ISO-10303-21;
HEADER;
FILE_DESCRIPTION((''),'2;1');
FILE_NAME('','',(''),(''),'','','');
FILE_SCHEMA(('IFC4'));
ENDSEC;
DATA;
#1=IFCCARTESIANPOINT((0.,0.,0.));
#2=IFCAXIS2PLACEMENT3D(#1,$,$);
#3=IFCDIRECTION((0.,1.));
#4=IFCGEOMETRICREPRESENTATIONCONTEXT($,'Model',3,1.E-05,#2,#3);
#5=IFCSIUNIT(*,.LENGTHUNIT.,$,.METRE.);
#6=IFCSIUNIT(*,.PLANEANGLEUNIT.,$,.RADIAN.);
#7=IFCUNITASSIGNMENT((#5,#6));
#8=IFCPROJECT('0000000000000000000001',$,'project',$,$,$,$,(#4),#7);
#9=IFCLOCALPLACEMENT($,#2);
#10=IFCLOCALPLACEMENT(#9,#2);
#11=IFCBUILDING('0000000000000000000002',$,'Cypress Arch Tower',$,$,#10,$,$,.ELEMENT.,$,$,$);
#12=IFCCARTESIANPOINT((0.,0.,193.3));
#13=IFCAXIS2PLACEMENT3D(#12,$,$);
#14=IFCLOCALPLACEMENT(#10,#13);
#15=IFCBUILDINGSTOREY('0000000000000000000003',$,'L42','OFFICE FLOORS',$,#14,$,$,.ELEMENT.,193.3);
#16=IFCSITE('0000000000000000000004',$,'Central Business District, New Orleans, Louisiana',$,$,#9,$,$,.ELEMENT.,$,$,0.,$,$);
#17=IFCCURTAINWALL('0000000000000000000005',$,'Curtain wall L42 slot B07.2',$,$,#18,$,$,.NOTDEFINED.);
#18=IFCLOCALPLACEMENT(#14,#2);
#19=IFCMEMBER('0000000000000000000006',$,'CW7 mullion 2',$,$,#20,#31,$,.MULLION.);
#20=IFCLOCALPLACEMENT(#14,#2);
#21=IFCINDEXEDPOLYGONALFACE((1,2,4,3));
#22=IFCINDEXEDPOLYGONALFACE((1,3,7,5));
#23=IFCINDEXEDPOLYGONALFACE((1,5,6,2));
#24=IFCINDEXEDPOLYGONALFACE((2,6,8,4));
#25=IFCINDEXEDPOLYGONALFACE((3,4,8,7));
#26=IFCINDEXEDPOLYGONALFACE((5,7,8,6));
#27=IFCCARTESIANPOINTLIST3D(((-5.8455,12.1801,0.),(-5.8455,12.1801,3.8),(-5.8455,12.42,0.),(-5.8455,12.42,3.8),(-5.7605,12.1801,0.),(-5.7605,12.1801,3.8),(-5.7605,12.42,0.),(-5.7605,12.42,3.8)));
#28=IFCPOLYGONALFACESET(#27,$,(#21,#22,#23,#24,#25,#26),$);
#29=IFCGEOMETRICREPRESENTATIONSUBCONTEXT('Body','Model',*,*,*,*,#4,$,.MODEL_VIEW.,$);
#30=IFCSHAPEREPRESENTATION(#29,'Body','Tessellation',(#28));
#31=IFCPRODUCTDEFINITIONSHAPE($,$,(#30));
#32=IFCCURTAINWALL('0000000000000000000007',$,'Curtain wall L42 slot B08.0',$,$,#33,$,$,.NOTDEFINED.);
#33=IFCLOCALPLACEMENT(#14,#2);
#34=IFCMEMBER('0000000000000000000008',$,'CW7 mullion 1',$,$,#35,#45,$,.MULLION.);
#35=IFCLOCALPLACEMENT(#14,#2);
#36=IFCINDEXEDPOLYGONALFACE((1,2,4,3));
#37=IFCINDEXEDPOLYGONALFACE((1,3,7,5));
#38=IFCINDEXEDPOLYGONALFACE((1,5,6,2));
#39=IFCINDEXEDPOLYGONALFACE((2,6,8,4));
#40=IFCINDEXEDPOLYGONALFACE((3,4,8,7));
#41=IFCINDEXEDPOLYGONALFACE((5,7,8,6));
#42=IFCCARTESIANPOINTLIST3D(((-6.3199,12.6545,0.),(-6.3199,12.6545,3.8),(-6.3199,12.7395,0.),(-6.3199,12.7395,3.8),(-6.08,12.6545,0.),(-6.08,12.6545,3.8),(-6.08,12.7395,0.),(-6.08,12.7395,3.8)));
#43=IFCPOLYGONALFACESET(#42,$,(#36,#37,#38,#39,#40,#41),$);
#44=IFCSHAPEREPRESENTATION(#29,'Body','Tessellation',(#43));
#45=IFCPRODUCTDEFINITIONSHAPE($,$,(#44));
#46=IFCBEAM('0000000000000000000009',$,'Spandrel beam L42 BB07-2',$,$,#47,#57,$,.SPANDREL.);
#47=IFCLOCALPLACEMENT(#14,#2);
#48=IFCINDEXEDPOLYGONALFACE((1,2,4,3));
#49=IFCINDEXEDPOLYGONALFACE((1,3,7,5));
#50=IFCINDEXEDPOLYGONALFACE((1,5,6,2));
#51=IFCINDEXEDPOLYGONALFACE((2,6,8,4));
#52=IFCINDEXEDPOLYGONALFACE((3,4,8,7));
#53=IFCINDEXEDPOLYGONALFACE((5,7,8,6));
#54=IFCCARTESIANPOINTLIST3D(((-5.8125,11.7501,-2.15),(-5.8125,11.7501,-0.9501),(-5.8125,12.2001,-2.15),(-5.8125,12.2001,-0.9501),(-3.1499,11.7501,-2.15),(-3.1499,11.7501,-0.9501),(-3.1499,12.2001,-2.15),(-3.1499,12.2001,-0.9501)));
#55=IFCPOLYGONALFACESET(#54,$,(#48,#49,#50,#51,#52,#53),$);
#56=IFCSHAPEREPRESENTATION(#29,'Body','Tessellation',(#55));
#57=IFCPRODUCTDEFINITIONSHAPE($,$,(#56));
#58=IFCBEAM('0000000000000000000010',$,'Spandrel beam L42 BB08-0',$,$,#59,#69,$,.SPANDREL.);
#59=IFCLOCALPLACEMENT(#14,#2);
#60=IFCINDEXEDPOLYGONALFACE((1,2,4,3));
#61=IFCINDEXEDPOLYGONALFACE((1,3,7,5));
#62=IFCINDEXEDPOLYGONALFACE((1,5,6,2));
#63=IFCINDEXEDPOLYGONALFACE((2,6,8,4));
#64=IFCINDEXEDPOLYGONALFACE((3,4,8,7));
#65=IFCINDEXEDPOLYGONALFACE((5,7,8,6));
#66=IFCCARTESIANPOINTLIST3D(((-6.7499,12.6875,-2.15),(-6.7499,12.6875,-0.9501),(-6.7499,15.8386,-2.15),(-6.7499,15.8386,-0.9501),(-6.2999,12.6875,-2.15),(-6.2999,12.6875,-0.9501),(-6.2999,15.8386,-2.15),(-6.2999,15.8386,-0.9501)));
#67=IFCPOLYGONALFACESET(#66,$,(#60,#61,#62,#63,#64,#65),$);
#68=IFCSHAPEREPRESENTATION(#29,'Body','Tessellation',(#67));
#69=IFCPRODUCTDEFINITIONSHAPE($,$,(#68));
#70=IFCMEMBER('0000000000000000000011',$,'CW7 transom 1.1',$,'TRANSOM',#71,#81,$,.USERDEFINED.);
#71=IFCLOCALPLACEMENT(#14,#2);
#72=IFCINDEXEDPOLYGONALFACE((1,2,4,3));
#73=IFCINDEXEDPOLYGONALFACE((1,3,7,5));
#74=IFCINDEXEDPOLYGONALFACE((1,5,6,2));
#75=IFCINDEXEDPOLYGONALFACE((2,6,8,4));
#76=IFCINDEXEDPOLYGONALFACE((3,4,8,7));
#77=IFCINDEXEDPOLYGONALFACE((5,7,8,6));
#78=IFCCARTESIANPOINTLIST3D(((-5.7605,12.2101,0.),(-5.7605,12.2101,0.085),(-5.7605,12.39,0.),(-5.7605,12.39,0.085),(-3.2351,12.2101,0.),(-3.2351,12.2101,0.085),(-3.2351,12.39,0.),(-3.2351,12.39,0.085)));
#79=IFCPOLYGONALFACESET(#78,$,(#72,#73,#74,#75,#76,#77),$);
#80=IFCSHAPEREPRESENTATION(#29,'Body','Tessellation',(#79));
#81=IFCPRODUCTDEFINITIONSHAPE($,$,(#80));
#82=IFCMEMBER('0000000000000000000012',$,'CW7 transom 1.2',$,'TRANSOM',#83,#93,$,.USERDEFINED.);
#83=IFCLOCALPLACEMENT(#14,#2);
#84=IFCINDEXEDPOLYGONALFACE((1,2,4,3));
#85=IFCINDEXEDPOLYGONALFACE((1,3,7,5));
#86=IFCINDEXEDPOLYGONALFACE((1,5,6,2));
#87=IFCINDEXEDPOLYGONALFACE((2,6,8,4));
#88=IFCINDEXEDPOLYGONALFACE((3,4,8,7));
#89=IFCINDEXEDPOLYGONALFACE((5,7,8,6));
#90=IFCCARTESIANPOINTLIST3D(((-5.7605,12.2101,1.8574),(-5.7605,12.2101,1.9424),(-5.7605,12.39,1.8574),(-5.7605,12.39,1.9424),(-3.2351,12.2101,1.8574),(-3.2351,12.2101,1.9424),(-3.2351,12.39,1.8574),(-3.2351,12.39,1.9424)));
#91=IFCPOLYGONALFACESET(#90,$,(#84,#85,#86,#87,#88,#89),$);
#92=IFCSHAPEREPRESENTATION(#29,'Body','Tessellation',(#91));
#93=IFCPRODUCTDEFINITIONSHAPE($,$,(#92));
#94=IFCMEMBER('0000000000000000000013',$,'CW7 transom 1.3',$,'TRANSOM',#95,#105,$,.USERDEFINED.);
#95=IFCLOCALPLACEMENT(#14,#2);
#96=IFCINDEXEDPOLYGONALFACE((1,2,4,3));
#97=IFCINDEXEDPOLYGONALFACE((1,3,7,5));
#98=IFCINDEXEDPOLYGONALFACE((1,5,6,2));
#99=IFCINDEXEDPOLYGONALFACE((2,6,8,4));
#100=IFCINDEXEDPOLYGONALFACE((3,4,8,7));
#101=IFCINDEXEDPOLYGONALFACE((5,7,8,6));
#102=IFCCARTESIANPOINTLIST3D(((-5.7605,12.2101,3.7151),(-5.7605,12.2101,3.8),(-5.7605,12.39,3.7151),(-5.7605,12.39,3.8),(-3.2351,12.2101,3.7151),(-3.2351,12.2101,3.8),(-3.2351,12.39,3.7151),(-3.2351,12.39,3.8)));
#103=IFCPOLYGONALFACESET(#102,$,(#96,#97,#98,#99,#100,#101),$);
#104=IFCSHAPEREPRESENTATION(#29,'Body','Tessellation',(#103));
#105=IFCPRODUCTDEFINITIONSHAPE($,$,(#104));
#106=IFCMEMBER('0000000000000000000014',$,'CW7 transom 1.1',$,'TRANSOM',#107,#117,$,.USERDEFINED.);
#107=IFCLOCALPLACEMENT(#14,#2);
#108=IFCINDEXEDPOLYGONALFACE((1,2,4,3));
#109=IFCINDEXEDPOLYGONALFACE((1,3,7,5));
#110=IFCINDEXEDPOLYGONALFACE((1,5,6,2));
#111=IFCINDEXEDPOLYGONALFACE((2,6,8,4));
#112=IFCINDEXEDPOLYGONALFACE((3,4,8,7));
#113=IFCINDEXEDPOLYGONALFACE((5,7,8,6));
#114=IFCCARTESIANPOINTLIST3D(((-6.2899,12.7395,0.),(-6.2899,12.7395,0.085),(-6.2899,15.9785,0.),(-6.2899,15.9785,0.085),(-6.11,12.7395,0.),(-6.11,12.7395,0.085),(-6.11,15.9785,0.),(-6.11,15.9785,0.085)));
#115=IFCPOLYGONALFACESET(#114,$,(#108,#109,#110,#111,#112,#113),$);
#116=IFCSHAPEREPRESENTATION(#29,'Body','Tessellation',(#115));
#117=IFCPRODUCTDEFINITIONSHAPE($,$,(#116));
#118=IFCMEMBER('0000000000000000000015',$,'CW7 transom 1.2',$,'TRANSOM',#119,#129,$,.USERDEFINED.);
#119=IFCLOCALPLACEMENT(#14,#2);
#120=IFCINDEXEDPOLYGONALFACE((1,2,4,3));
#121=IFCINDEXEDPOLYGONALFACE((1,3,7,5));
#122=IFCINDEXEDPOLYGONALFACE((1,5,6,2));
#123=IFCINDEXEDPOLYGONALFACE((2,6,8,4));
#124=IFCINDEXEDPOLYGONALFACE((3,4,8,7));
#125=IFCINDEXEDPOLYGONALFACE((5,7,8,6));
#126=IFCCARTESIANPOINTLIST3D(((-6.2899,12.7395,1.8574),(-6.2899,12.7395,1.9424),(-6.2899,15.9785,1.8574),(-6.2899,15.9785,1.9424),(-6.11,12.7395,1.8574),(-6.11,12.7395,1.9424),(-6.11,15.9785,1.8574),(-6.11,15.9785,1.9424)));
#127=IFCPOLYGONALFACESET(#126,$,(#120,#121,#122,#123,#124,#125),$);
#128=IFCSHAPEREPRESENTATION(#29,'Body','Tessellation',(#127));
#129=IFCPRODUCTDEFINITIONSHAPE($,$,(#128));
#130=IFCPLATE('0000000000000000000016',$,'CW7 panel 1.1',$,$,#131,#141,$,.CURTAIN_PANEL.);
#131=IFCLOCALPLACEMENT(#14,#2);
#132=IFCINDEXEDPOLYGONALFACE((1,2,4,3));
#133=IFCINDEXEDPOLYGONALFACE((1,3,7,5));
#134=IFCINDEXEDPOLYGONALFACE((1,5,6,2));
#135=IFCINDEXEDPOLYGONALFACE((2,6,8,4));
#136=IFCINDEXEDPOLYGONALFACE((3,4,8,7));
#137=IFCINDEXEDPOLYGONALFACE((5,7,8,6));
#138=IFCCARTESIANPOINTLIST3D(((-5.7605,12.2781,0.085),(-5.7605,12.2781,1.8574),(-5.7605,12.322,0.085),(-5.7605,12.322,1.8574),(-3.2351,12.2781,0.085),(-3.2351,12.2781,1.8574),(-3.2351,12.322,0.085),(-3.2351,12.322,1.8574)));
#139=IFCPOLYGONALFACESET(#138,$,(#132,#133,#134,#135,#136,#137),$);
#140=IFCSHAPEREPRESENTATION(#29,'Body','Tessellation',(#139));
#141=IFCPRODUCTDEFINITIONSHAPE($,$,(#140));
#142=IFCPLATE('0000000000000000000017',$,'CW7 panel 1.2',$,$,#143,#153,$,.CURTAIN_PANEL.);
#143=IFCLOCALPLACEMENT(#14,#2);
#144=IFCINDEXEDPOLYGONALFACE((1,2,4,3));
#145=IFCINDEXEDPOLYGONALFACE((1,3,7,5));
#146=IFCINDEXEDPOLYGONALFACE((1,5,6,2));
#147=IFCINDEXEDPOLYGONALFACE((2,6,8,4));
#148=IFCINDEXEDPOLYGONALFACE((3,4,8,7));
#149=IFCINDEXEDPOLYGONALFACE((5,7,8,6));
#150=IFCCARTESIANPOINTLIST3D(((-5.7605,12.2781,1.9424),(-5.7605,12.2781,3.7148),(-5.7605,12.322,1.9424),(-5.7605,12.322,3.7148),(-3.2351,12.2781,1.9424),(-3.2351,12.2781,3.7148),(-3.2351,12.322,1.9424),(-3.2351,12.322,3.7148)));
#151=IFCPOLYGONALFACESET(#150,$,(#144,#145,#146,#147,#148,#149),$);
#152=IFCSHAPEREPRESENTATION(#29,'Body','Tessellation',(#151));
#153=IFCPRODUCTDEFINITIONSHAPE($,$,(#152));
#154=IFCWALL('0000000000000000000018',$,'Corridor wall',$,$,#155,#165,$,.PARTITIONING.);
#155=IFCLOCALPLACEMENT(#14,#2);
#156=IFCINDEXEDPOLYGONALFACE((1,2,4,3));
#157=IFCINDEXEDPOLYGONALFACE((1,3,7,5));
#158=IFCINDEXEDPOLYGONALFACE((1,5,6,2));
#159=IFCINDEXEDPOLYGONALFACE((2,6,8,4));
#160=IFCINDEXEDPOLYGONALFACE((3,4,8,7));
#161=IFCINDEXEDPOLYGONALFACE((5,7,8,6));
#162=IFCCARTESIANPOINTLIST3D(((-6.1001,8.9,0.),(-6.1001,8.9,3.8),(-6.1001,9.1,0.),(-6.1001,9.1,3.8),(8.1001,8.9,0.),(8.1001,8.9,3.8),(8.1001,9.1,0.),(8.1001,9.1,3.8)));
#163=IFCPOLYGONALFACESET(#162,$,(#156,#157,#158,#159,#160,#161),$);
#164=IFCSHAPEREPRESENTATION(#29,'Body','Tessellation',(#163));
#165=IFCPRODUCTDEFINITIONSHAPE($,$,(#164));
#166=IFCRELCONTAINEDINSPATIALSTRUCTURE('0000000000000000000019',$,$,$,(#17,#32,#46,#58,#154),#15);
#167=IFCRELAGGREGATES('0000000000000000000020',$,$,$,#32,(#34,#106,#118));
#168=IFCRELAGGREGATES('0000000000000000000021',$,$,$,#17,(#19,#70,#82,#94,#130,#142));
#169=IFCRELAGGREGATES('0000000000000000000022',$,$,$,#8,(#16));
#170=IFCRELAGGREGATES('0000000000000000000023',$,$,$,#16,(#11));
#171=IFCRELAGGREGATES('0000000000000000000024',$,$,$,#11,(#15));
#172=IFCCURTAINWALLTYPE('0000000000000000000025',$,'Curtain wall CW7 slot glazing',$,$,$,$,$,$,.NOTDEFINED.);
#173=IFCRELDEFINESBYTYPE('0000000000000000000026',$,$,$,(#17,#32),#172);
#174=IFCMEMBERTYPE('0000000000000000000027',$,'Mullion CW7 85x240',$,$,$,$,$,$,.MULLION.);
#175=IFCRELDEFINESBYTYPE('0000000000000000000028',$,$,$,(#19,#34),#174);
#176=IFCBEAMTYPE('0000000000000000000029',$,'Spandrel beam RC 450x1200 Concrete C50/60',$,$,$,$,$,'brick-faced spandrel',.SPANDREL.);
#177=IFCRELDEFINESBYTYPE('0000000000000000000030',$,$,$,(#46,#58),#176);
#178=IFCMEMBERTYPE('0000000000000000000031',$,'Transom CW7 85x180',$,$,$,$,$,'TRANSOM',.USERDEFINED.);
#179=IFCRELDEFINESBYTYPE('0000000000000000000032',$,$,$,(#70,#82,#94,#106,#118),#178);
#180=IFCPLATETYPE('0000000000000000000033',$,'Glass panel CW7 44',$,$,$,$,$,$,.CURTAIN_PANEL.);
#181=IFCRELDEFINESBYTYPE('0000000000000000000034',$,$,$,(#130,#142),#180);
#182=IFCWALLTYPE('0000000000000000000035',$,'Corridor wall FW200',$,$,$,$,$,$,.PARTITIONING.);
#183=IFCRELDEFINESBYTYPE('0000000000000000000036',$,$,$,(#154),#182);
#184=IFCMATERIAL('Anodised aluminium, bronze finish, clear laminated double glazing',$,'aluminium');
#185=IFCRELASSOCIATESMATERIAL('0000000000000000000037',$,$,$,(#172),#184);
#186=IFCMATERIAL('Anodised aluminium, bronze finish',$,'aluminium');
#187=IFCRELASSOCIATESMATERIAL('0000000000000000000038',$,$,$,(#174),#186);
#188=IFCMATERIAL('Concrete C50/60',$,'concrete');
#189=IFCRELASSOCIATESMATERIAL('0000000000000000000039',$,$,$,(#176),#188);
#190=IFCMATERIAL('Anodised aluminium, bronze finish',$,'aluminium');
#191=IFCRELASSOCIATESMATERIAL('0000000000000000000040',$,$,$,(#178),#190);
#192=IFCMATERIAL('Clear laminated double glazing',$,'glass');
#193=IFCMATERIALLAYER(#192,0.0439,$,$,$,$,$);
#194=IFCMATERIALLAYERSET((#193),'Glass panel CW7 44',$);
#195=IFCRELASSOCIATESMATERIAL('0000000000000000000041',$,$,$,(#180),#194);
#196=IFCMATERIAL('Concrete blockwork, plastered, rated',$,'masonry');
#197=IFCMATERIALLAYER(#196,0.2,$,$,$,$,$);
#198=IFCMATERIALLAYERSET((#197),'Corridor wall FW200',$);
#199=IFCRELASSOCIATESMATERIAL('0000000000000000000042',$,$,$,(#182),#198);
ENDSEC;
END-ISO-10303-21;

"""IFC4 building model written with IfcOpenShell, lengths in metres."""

from ifc_helpers import new_model, si_unit, direction, frame, frame_2d, origin, origin_2d, place, context, subcontext, project, spatial, rectangle, extrude, material, layer, layer_set, material_profile, profile_set, type_object, element, aggregate, save


model = new_model("IFC4")

# Units and contexts
model_context = context("Model", 3, precision=1e-05, world=origin(), true_north=direction((0.0, 1.0)))
body_context = subcontext(model_context, "Body", "Model", "MODEL_VIEW")
ifc_project = project(units=[si_unit("LENGTHUNIT", "METRE"), si_unit("PLANEANGLEUNIT", "RADIAN")], contexts=[model_context])

# Site, building, storey
site_placement = place(None, origin())
site = spatial("IfcSite", under=ifc_project, at=site_placement, Name="Central Business District, New Orleans, Louisiana", CompositionType="ELEMENT", RefElevation=0.0)
building_placement = place(site_placement, origin())
building = spatial("IfcBuilding", under=site, at=building_placement, Name="Cypress Arch Tower", CompositionType="ELEMENT")
storey_placement = place(building_placement, frame((0.0, 0.0, 193.3)))
storey = spatial("IfcBuildingStorey", under=building, at=storey_placement, Name="L42", Description="OFFICE FLOORS", CompositionType="ELEMENT", Elevation=193.3)

# Shared definitions
ifc_material_1 = material(Name="Anodised aluminium, bronze finish, clear laminated double glazing", Category="aluminium")
curtain_wall_type = type_object("IfcCurtainWallType", Name="Curtain wall CW7 slot glazing", PredefinedType="NOTDEFINED", material=ifc_material_1)
ifc_material_2 = material(Name="Anodised aluminium, bronze finish", Category="aluminium")
ifc_material_profile_1 = material_profile(ifc_material_2, rectangle(XDim=0.24, YDim=0.085, at=origin_2d()), Name="Mullion 85x240")
ifc_profile_set_1 = profile_set([ifc_material_profile_1], Name="Anodised aluminium, bronze finish")
member_type_1 = type_object("IfcMemberType", Name="Mullion CW7 85x240", PredefinedType="MULLION", material=ifc_profile_set_1)

# Curtain wall, member
curtain_wall_1_placement = place(storey_placement, origin())
curtain_wall_1 = element("IfcCurtainWall", 1, at=curtain_wall_1_placement, inside=storey, type_object=curtain_wall_type, Name="Curtain wall L42 slot B07.2", PredefinedType="NOTDEFINED")
member_1_placement = place(storey_placement, frame((-5.803, 12.3, 0.0), z_axis=(0.0, 0.0, 1.0), x_axis=(0.0, -1.0, 0.0)))
member_1 = element("IfcMember", 2, at=member_1_placement, type_object=member_type_1, Name="CW7 mullion 2", PredefinedType="MULLION", context=body_context, shape_type="SweptSolid", body=[
    extrude(rectangle(XDim=0.24, YDim=0.085, at=origin_2d()), origin(), (0.0, 0.0, 1.0), 3.8),
])

# Curtain wall, member
curtain_wall_2_placement = place(storey_placement, origin())
curtain_wall_2 = element("IfcCurtainWall", 3, at=curtain_wall_2_placement, inside=storey, type_object=curtain_wall_type, Name="Curtain wall L42 slot B08.0", PredefinedType="NOTDEFINED")
member_2_placement = place(storey_placement, frame((-6.2, 12.697, 0.0), z_axis=(0.0, 0.0, 1.0), x_axis=(-1.0, 0.0, 0.0)))
member_2 = element("IfcMember", 4, at=member_2_placement, type_object=member_type_1, Name="CW7 mullion 1", PredefinedType="MULLION", context=body_context, shape_type="SweptSolid", body=[
    extrude(rectangle(XDim=0.24, YDim=0.085, at=origin_2d()), origin(), (0.0, 0.0, 1.0), 3.8),
])

# Beams
ifc_material_3 = material(Name="Concrete C50/60", Category="concrete")
ifc_material_profile_2 = material_profile(ifc_material_3, rectangle(XDim=0.45, YDim=1.2, at=origin_2d()), Name="RC 450x1200")
ifc_profile_set_2 = profile_set([ifc_material_profile_2], Name="Concrete C50/60")
beam_type_1 = type_object("IfcBeamType", Name="Spandrel beam RC 450x1200 Concrete C50/60", ElementType="brick-faced spandrel", PredefinedType="SPANDREL", material=ifc_profile_set_2)
beam_1_placement = place(storey_placement, frame((-3.1499, 11.9751, -1.55), z_axis=(-1.0, 0.0, 0.0), x_axis=(0.0, -1.0, 0.0)))
element("IfcBeam", 5, at=beam_1_placement, inside=storey, type_object=beam_type_1, Name="Spandrel beam L42 BB07-2", PredefinedType="SPANDREL", context=body_context, shape_type="SweptSolid", body=[
    extrude(rectangle(XDim=0.45, YDim=1.2, at=origin_2d()), origin(), (0.0, 0.0, 1.0), 2.6626),
])
beam_2_placement = place(storey_placement, frame((-6.5249, 12.6875, -1.55), z_axis=(0.0, 1.0, 0.0), x_axis=(-1.0, 0.0, 0.0)))
element("IfcBeam", 6, at=beam_2_placement, inside=storey, type_object=beam_type_1, Name="Spandrel beam L42 BB08-0", PredefinedType="SPANDREL", context=body_context, shape_type="SweptSolid", body=[
    extrude(rectangle(XDim=0.45, YDim=1.2, at=origin_2d()), origin(), (0.0, 0.0, 1.0), 3.1511),
])

# Members
ifc_material_4 = material(Name="Anodised aluminium, bronze finish", Category="aluminium")
ifc_material_profile_3 = material_profile(ifc_material_4, rectangle(XDim=0.1799, YDim=0.085, at=origin_2d()), Name="Transom 85x180")
ifc_profile_set_3 = profile_set([ifc_material_profile_3], Name="Anodised aluminium, bronze finish")
member_type_2 = type_object("IfcMemberType", Name="Transom CW7 85x180", ElementType="TRANSOM", PredefinedType="USERDEFINED", material=ifc_profile_set_3)
member_3_placement = place(storey_placement, frame((-3.2351, 12.3, 0.0425), z_axis=(-1.0, 0.0, 0.0), x_axis=(0.0, -1.0, 0.0)))
member_3 = element("IfcMember", 7, at=member_3_placement, type_object=member_type_2, Name="CW7 transom 1.1", ObjectType="TRANSOM", PredefinedType="USERDEFINED", context=body_context, shape_type="SweptSolid", body=[
    extrude(rectangle(XDim=0.1799, YDim=0.085, at=origin_2d()), origin(), (0.0, 0.0, 1.0), 2.5254),
])
member_4_placement = place(storey_placement, frame((-3.2351, 12.3, 1.8999), z_axis=(-1.0, 0.0, 0.0), x_axis=(0.0, -1.0, 0.0)))
member_4 = element("IfcMember", 8, at=member_4_placement, type_object=member_type_2, Name="CW7 transom 1.2", ObjectType="TRANSOM", PredefinedType="USERDEFINED", context=body_context, shape_type="SweptSolid", body=[
    extrude(rectangle(XDim=0.1799, YDim=0.085, at=origin_2d()), origin(), (0.0, 0.0, 1.0), 2.5254),
])
member_5_placement = place(storey_placement, frame((-3.2351, 12.3, 3.7576), z_axis=(-1.0, 0.0, 0.0), x_axis=(0.0, -1.0, 0.0)))
member_5 = element("IfcMember", 9, at=member_5_placement, type_object=member_type_2, Name="CW7 transom 1.3", ObjectType="TRANSOM", PredefinedType="USERDEFINED", context=body_context, shape_type="SweptSolid", body=[
    extrude(rectangle(XDim=0.1799, YDim=0.085, at=origin_2d()), origin(), (0.0, 0.0, 1.0), 2.5254),
])
member_6_placement = place(storey_placement, frame((-6.2, 12.7395, 0.0425), z_axis=(0.0, 1.0, 0.0), x_axis=(-1.0, 0.0, 0.0)))
member_6 = element("IfcMember", 10, at=member_6_placement, type_object=member_type_2, Name="CW7 transom 1.1", ObjectType="TRANSOM", PredefinedType="USERDEFINED", context=body_context, shape_type="SweptSolid", body=[
    extrude(rectangle(XDim=0.1799, YDim=0.085, at=origin_2d()), origin(), (0.0, 0.0, 1.0), 3.239),
])
member_7_placement = place(storey_placement, frame((-6.2, 12.7395, 1.8999), z_axis=(0.0, 1.0, 0.0), x_axis=(-1.0, 0.0, 0.0)))
member_7 = element("IfcMember", 11, at=member_7_placement, type_object=member_type_2, Name="CW7 transom 1.2", ObjectType="TRANSOM", PredefinedType="USERDEFINED", context=body_context, shape_type="SweptSolid", body=[
    extrude(rectangle(XDim=0.1799, YDim=0.085, at=origin_2d()), origin(), (0.0, 0.0, 1.0), 3.239),
])
aggregate(curtain_wall_2, [member_2, member_6, member_7])

# Plates
ifc_material_5 = material(Name="Clear laminated double glazing", Category="glass")
ifc_layer_1 = layer(ifc_material_5, 0.0439)
ifc_layer_set_1 = layer_set([ifc_layer_1], Name="Glass panel CW7 44")
plate_type = type_object("IfcPlateType", Name="Glass panel CW7 44", PredefinedType="CURTAIN_PANEL", material=ifc_layer_set_1)
plate_1_placement = place(storey_placement, frame((-4.4978, 12.3, 0.085), z_axis=(0.0, 0.0, 1.0), x_axis=(-1.0, 0.0, 0.0)))
plate_1 = element("IfcPlate", 12, at=plate_1_placement, type_object=plate_type, Name="CW7 panel 1.1", PredefinedType="CURTAIN_PANEL", context=body_context, shape_type="SweptSolid", body=[
    extrude(rectangle(XDim=2.5254, YDim=0.0439, at=origin_2d()), origin(), (0.0, 0.0, 1.0), 1.7725),
])
plate_2_placement = place(storey_placement, frame((-4.4978, 12.3, 1.9424), z_axis=(0.0, 0.0, 1.0), x_axis=(-1.0, 0.0, 0.0)))
plate_2 = element("IfcPlate", 13, at=plate_2_placement, type_object=plate_type, Name="CW7 panel 1.2", PredefinedType="CURTAIN_PANEL", context=body_context, shape_type="SweptSolid", body=[
    extrude(rectangle(XDim=2.5254, YDim=0.0439, at=origin_2d()), origin(), (0.0, 0.0, 1.0), 1.7725),
])
aggregate(curtain_wall_1, [member_1, member_3, member_4, member_5, plate_1, plate_2])

# Shared definitions
ifc_material_6 = material(Name="Concrete blockwork, plastered, rated", Category="masonry")
ifc_layer_2 = layer(ifc_material_6, 0.2)
ifc_layer_set_2 = layer_set([ifc_layer_2], Name="Corridor wall FW200")
wall_type = type_object("IfcWallType", Name="Corridor wall FW200", PredefinedType="PARTITIONING", material=ifc_layer_set_2)

# Wall
wall_1_placement = place(storey_placement, frame((-6.1001, 9.0, 0.0), z_axis=(0.0, 0.0, 1.0), x_axis=(1.0, 0.0, 0.0)))
element("IfcWall", 14, at=wall_1_placement, inside=storey, type_object=wall_type, Name="Corridor wall", PredefinedType="PARTITIONING", context=body_context, shape_type="SweptSolid", body=[
    extrude(rectangle(XDim=14.2002, YDim=0.2, at=frame_2d((7.1001, 0.0))), origin(), (0.0, 0.0, 1.0), 3.8),
])

save(model, "model.ifc")
